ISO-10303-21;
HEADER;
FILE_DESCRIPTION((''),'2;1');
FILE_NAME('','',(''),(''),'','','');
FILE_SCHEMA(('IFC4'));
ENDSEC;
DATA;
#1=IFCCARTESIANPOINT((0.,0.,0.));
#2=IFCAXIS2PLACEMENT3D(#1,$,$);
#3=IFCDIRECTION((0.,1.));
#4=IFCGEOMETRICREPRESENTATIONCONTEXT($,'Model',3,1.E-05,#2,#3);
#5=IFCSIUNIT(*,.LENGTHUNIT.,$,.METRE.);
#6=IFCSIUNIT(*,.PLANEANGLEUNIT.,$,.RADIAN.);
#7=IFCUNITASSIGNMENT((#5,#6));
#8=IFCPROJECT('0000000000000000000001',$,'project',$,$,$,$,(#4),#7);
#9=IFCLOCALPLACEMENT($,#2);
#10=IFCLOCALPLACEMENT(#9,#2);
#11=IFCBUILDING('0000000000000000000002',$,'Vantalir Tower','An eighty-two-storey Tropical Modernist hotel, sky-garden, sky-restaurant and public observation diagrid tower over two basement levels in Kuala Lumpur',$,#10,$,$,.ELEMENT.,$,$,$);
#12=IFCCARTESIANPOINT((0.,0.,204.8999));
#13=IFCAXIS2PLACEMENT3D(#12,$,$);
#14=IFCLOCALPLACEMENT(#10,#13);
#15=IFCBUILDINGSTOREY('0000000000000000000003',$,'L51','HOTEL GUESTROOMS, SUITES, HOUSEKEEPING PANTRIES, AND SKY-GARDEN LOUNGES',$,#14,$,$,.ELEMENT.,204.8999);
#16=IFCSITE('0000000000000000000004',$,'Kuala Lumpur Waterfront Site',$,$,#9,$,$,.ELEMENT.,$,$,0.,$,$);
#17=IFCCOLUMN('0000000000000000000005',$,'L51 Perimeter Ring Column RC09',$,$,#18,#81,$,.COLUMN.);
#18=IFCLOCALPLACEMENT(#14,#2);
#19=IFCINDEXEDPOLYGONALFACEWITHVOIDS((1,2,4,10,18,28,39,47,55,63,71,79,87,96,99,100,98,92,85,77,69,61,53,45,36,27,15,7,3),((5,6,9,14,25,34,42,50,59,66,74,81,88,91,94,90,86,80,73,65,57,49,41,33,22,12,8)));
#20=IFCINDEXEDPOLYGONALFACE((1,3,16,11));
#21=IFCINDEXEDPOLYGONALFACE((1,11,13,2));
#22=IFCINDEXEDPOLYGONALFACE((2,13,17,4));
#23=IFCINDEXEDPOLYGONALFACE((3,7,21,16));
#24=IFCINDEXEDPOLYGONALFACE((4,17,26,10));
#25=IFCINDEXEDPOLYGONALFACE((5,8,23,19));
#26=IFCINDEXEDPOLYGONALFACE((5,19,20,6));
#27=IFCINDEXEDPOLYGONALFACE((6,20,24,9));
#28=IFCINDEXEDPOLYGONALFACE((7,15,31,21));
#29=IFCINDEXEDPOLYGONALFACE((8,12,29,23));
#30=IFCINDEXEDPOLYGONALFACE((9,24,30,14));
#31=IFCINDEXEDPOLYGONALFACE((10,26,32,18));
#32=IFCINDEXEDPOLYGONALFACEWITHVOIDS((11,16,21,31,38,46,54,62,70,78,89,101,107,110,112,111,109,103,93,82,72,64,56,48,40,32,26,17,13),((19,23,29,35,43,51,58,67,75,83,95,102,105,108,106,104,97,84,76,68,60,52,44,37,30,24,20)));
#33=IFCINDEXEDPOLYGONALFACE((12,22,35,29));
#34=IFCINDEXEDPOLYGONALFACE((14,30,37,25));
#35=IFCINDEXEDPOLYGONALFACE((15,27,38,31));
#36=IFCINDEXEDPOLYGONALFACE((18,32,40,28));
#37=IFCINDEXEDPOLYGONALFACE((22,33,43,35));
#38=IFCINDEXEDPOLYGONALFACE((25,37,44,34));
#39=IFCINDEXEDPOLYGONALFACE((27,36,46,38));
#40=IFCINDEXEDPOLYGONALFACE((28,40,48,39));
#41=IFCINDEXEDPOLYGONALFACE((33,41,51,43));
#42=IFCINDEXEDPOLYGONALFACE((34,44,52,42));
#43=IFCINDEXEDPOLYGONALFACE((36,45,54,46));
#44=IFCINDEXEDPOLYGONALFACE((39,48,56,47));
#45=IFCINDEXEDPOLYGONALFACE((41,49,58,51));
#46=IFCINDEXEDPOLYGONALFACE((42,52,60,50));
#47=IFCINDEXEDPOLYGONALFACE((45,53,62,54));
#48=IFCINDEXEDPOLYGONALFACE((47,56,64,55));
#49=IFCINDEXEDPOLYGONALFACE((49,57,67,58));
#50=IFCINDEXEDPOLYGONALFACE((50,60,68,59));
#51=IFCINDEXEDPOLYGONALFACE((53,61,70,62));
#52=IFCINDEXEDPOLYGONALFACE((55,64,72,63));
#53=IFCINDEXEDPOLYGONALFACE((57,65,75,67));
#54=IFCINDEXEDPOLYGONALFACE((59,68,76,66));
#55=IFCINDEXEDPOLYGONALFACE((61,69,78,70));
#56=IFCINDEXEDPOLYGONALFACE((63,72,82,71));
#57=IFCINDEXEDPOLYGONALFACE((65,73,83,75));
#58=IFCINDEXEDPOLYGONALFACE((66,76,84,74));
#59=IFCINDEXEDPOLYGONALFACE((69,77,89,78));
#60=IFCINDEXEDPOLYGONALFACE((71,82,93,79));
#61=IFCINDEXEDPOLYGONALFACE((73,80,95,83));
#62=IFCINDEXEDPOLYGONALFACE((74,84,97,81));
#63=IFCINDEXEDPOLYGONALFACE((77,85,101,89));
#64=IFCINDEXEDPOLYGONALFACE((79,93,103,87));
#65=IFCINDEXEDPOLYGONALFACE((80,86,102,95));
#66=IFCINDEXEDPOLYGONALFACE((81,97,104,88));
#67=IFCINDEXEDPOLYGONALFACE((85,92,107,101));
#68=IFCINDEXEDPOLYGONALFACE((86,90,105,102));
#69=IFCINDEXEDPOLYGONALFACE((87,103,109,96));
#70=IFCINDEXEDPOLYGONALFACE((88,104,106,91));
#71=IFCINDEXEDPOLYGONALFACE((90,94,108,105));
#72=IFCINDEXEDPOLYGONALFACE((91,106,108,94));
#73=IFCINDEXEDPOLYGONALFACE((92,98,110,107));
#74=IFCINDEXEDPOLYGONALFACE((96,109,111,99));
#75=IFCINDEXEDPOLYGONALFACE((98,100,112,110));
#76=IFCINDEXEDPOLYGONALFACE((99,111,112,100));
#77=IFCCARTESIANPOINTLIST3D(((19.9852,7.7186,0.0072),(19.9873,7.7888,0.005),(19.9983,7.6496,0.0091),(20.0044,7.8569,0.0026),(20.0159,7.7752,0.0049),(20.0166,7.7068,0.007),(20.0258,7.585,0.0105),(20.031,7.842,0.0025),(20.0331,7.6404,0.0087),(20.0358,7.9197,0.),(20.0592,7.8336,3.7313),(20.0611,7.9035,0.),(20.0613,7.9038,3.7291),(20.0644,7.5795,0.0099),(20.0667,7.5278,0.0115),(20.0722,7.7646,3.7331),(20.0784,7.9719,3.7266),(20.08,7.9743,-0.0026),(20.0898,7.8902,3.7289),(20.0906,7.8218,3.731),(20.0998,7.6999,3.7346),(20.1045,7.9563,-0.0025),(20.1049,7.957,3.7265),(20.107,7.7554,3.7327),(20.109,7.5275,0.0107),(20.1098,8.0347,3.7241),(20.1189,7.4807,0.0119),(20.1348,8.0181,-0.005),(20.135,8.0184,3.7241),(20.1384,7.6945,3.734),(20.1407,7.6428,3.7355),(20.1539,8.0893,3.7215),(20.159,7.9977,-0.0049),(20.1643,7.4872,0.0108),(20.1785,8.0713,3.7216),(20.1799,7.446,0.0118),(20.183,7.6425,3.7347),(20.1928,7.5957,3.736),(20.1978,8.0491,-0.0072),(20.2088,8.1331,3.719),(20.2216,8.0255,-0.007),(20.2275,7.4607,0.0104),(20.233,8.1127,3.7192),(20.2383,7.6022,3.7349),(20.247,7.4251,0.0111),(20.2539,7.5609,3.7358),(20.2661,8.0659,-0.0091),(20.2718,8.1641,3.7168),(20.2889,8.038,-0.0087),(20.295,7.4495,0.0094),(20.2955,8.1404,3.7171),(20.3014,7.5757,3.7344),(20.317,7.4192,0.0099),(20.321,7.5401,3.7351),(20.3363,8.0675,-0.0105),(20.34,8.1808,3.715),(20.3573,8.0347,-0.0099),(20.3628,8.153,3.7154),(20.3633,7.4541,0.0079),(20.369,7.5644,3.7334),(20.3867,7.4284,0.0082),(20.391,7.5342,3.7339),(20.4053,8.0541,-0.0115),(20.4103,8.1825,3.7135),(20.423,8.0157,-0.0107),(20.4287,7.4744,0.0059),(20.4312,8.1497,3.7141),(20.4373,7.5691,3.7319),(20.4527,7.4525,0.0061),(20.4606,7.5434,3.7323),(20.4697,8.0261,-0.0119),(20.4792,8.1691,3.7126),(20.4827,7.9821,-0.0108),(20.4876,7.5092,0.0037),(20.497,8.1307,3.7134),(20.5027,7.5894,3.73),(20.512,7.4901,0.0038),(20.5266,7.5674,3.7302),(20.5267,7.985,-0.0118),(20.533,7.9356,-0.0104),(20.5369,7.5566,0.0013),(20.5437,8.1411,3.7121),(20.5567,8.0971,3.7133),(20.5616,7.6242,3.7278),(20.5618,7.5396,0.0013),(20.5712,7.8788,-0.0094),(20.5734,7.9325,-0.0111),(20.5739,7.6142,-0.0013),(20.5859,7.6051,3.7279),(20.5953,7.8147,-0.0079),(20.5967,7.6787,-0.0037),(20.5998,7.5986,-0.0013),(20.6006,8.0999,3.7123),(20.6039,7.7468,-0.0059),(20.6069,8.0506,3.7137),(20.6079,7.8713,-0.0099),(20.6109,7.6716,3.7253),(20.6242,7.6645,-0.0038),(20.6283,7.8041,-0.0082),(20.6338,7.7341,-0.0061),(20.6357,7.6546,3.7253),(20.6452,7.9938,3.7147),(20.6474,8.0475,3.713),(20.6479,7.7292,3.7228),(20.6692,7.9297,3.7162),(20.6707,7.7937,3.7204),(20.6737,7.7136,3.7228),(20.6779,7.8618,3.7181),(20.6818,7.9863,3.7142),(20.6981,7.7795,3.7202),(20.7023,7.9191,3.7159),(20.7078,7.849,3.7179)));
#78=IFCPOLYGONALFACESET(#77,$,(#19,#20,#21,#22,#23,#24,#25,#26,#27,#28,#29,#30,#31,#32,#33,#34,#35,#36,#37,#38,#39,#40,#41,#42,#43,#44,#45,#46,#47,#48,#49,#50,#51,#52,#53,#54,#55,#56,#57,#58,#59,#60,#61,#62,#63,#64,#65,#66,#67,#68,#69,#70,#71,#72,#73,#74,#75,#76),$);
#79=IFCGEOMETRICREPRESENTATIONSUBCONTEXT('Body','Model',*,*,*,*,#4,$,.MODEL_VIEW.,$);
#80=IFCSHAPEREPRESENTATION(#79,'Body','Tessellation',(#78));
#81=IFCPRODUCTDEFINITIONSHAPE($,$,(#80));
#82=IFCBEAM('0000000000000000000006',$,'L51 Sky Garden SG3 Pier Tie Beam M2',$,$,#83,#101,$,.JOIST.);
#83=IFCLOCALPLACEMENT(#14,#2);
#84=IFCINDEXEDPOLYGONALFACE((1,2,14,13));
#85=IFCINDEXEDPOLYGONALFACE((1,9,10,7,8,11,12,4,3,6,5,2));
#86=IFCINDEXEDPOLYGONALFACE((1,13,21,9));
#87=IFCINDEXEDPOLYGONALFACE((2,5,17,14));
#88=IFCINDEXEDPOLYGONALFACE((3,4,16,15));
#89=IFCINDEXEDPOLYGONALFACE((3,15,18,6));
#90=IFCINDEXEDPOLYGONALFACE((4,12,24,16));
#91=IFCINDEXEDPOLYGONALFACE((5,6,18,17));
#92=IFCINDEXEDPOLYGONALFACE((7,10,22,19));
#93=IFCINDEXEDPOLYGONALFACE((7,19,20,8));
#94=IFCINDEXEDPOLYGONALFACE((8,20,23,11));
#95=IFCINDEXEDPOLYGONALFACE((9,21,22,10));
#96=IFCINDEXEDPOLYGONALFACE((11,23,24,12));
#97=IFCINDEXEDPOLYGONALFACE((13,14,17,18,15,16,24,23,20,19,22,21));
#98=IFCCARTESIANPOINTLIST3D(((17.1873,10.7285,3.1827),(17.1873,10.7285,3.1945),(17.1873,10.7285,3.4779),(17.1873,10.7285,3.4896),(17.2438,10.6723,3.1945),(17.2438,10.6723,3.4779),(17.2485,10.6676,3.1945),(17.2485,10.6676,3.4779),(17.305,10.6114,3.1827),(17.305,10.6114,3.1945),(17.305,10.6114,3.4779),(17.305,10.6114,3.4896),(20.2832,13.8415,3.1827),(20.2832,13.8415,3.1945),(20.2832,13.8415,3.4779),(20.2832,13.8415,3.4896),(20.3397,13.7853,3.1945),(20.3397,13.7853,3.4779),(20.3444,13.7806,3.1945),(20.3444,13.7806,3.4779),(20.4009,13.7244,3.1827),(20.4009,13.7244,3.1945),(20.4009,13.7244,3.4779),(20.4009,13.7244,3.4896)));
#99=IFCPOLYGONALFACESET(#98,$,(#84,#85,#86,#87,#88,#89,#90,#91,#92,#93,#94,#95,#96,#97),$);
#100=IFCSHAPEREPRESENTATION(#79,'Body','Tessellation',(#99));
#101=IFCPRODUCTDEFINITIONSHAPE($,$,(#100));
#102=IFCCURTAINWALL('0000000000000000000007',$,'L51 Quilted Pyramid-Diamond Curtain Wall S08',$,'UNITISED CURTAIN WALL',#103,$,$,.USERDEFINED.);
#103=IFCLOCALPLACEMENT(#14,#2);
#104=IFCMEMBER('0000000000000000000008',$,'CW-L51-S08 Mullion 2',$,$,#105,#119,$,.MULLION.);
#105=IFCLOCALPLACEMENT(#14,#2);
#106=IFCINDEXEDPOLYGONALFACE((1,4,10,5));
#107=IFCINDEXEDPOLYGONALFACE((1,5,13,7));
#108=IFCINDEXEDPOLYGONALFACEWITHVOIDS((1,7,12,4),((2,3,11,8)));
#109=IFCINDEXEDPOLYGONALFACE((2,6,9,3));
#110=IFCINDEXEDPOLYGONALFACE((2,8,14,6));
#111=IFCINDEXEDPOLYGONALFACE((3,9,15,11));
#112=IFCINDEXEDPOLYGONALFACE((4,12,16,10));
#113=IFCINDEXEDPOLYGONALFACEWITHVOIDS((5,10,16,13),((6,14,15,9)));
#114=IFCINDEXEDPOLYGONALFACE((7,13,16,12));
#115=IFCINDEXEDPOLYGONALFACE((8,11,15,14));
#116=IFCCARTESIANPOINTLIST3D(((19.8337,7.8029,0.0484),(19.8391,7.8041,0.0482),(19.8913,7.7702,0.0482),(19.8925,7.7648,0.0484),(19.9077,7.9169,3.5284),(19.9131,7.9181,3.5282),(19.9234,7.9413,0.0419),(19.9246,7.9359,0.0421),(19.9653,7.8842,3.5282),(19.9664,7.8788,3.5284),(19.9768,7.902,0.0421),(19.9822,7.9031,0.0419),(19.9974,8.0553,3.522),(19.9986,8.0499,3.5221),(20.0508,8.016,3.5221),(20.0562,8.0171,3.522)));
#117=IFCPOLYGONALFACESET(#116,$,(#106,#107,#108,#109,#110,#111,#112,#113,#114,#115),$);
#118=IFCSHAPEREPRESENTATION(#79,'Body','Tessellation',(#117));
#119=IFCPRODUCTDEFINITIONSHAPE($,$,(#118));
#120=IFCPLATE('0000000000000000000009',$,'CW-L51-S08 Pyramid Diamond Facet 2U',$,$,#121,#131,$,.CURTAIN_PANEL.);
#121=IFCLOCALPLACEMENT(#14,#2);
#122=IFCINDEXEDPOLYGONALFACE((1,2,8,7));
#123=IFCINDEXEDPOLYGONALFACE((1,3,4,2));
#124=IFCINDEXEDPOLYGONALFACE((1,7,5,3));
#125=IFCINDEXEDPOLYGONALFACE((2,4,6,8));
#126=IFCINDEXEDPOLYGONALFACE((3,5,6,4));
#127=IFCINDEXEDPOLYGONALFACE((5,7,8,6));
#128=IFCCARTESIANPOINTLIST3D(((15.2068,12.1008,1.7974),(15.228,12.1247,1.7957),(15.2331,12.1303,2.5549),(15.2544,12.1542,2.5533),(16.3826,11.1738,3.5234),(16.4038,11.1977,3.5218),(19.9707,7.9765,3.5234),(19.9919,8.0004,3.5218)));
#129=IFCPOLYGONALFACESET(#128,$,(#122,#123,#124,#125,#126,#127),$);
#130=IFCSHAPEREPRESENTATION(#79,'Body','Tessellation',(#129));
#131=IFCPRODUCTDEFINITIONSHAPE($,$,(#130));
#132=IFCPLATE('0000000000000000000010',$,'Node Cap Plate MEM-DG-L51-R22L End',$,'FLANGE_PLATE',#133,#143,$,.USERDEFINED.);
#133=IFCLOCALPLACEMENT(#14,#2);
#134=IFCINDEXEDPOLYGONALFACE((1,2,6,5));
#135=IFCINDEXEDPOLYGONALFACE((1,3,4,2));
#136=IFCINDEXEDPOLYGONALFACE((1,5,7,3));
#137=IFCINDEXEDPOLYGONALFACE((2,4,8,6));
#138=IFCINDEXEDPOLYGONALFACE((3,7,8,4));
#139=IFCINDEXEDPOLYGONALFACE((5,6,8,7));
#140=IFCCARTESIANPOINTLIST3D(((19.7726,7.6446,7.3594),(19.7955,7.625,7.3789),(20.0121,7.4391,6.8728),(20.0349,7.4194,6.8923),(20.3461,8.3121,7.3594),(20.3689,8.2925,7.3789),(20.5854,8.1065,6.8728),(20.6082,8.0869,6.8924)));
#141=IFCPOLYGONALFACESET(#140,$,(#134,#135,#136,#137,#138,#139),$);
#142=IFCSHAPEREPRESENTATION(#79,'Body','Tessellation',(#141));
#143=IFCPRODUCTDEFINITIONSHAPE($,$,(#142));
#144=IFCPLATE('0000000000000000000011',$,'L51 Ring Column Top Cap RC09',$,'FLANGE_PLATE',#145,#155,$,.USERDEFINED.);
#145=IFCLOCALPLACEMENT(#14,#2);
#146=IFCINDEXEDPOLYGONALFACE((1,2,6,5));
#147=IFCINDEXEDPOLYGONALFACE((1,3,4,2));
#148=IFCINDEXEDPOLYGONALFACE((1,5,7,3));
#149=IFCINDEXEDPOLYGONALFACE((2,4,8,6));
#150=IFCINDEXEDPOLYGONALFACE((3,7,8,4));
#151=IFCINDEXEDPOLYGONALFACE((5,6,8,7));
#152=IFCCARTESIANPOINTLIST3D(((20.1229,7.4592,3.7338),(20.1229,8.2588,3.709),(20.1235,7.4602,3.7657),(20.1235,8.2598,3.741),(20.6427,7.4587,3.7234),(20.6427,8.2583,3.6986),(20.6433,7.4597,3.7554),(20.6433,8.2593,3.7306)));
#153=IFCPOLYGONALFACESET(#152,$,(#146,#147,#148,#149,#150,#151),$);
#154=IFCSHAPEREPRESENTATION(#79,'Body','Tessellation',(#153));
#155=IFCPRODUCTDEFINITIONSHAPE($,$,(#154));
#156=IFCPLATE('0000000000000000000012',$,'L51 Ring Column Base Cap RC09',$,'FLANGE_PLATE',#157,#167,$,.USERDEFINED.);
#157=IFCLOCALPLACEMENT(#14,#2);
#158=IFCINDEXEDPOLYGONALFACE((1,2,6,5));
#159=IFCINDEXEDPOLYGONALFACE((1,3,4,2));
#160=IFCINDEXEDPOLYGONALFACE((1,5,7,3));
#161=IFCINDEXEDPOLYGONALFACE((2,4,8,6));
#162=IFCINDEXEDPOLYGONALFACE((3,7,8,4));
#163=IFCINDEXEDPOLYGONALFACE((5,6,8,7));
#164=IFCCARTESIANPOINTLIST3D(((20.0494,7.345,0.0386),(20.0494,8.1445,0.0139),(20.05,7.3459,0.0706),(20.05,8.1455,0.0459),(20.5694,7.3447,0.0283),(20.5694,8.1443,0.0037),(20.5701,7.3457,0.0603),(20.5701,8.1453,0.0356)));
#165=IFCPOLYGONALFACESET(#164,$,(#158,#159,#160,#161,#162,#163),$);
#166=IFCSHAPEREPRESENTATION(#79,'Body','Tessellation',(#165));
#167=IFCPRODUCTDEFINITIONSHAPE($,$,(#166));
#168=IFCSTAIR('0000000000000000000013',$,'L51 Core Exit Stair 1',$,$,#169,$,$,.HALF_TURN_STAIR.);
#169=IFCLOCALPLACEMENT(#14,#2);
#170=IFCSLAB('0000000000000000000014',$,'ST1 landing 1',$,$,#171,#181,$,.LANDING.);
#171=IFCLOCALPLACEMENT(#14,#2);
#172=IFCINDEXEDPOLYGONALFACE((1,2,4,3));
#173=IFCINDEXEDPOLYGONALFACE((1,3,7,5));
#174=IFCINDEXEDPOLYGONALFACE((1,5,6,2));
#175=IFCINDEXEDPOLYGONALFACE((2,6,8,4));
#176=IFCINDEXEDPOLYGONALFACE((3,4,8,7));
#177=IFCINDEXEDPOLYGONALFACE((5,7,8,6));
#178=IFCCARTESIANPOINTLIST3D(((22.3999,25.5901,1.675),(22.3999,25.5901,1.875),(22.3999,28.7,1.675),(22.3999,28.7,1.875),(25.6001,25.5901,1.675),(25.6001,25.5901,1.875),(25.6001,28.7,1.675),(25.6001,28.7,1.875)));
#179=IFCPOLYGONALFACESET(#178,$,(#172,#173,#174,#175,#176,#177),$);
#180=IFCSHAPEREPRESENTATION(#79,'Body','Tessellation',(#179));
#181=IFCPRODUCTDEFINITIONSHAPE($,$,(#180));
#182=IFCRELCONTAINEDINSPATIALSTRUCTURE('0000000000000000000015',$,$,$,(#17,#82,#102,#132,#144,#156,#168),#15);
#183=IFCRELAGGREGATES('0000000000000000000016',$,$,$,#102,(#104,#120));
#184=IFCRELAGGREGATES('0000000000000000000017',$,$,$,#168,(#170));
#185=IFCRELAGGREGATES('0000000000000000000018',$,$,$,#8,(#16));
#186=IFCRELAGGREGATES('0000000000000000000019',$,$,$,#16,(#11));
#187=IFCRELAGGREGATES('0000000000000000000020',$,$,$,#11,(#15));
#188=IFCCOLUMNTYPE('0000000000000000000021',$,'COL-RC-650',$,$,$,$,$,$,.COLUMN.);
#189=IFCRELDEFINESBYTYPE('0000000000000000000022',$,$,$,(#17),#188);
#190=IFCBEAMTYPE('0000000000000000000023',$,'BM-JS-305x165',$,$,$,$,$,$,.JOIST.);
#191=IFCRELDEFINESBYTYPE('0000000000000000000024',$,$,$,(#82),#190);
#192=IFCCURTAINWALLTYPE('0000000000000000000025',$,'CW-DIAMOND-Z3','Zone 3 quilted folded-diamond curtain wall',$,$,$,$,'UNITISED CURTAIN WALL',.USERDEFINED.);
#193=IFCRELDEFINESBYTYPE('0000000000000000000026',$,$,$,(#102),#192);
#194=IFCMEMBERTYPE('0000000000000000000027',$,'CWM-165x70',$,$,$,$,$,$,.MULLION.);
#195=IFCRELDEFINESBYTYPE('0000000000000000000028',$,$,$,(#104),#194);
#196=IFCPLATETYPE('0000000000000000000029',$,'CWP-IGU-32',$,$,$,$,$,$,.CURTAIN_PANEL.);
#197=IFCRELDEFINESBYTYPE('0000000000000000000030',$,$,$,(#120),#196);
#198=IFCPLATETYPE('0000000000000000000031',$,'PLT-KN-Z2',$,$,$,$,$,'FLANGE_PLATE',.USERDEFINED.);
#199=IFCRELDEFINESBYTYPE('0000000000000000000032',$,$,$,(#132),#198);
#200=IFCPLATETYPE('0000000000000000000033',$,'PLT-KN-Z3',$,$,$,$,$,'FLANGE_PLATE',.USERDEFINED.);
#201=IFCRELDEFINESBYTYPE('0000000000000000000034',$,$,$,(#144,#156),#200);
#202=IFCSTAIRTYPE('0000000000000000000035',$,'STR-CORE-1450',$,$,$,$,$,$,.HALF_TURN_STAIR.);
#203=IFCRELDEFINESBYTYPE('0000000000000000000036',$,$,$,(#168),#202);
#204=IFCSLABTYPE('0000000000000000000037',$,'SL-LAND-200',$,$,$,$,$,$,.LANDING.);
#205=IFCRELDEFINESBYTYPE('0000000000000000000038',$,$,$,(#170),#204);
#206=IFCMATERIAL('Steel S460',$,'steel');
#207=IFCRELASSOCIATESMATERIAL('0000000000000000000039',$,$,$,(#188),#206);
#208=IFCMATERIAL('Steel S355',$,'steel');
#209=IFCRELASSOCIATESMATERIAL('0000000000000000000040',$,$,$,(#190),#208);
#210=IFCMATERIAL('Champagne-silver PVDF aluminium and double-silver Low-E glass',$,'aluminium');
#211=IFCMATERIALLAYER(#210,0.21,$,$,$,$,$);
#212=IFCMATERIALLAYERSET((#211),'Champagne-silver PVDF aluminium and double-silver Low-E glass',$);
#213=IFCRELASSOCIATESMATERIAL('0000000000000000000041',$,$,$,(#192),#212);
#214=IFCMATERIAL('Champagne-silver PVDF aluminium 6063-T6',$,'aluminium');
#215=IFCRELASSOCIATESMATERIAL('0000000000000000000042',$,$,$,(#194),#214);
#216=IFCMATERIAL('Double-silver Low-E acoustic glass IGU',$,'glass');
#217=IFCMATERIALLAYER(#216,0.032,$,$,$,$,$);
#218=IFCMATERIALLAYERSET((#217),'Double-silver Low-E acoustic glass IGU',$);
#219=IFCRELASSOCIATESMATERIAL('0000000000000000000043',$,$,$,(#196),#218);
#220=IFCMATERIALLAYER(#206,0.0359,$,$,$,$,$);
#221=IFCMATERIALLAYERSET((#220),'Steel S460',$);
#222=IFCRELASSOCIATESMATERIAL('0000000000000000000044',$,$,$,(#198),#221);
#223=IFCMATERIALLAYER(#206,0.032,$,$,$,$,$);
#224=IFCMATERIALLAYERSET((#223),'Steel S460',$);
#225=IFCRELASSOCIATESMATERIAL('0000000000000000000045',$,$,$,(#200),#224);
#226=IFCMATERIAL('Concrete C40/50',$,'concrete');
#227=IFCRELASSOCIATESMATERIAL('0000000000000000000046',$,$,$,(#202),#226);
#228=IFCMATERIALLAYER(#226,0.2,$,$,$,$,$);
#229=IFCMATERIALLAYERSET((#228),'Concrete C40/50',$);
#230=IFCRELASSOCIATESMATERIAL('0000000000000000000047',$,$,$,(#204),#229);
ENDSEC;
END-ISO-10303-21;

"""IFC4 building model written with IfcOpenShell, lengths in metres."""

from ifc_helpers import new_model, si_unit, direction, frame, origin, origin_2d, place, context, subcontext, project, spatial, polyline, hollow_rectangle, hollow_circle, i_section, outline, extrude, material, layer, layer_set, material_profile, profile_set, type_object, element, aggregate, save


model = new_model("IFC4")

# Units and contexts
model_context = context("Model", 3, precision=1e-05, world=origin(), true_north=direction((0.0, 1.0)))
body_context = subcontext(model_context, "Body", "Model", "MODEL_VIEW")
ifc_project = project(units=[si_unit("LENGTHUNIT", "METRE"), si_unit("PLANEANGLEUNIT", "RADIAN")], contexts=[model_context])

# Site, building, storey
site_placement = place(None, origin())
site = spatial("IfcSite", under=ifc_project, at=site_placement, Name="Kuala Lumpur Waterfront Site", CompositionType="ELEMENT", RefElevation=0.0)
building_placement = place(site_placement, origin())
building = spatial("IfcBuilding", under=site, at=building_placement, Name="Vantalir Tower", Description="An eighty-two-storey Tropical Modernist hotel, sky-garden, sky-restaurant and public observation diagrid tower over two basement levels in Kuala Lumpur", CompositionType="ELEMENT")
storey_placement = place(building_placement, frame((0.0, 0.0, 204.8999)))
storey = spatial("IfcBuildingStorey", under=building, at=storey_placement, Name="L51", Description="HOTEL GUESTROOMS, SUITES, HOUSEKEEPING PANTRIES, AND SKY-GARDEN LOUNGES", CompositionType="ELEMENT", Elevation=204.8999)

# Column
ifc_material_1 = material(Name="Steel S460", Category="steel")
ifc_material_profile_1 = material_profile(ifc_material_1, hollow_circle(Radius=0.325, WallThickness=0.03, at=origin_2d()), Name="Steel S460")
ifc_profile_set_1 = profile_set([ifc_material_profile_1], Name="Steel S460")
column_type = type_object("IfcColumnType", Name="COL-RC-650", PredefinedType="COLUMN", material=ifc_profile_set_1)
column_placement = place(storey_placement, frame((20.3091, 7.7439, 0.0), z_axis=(0.01985, 0.030856, 0.999327), x_axis=(-0.841004, 0.541028, 0.0)))
element("IfcColumn", 1, at=column_placement, inside=storey, type_object=column_type, Name="L51 Perimeter Ring Column RC09", PredefinedType="COLUMN", context=body_context, shape_type="SweptSolid", body=[
    extrude(hollow_circle(Radius=0.325, WallThickness=0.03, at=origin_2d()), origin(), (0.0, 0.0, 1.0), 3.7266),
])

# Beam
ifc_material_2 = material(Name="Steel S355", Category="steel")
ifc_material_profile_2 = material_profile(ifc_material_2, i_section(OverallWidth=0.166, OverallDepth=0.3069, WebThickness=0.0066, FlangeThickness=0.0117, at=origin_2d()), Name="Steel S355")
ifc_profile_set_2 = profile_set([ifc_material_profile_2], Name="Steel S355")
beam_type = type_object("IfcBeamType", Name="BM-JS-305x165", PredefinedType="JOIST", material=ifc_profile_set_2)
beam_placement = place(storey_placement, frame((20.342, 13.783, 3.3362), z_axis=(-0.705158, -0.70905, 0.0), x_axis=(0.70905, -0.705158, 0.0)))
element("IfcBeam", 2, at=beam_placement, inside=storey, type_object=beam_type, Name="L51 Sky Garden SG3 Pier Tie Beam M2", PredefinedType="JOIST", context=body_context, shape_type="SweptSolid", body=[
    extrude(i_section(OverallWidth=0.166, OverallDepth=0.3069, WebThickness=0.0066, FlangeThickness=0.0117, at=origin_2d()), origin(), (0.0, 0.0, 1.0), 4.3904),
])

# Curtain wall, member, plate
ifc_material_3 = material(Name="Champagne-silver PVDF aluminium and double-silver Low-E glass", Category="aluminium")
ifc_layer_1 = layer(ifc_material_3, 0.21)
ifc_layer_set_1 = layer_set([ifc_layer_1], Name="Champagne-silver PVDF aluminium and double-silver Low-E glass")
curtain_wall_type = type_object("IfcCurtainWallType", Name="CW-DIAMOND-Z3", Description="Zone 3 quilted folded-diamond curtain wall", ElementType="UNITISED CURTAIN WALL", PredefinedType="USERDEFINED", material=ifc_layer_set_1)
curtain_wall_placement = place(storey_placement, origin())
curtain_wall = element("IfcCurtainWall", 3, at=curtain_wall_placement, inside=storey, type_object=curtain_wall_type, Name="L51 Quilted Pyramid-Diamond Curtain Wall S08", ObjectType="UNITISED CURTAIN WALL", PredefinedType="USERDEFINED")
ifc_material_4 = material(Name="Champagne-silver PVDF aluminium 6063-T6", Category="aluminium")
ifc_material_profile_3 = material_profile(ifc_material_4, hollow_rectangle(XDim=0.0701, YDim=0.165, WallThickness=0.0039, at=origin_2d()), Name="Champagne-silver PVDF aluminium 6063-T6")
ifc_profile_set_3 = profile_set([ifc_material_profile_3], Name="Champagne-silver PVDF aluminium 6063-T6")
member_type = type_object("IfcMemberType", Name="CWM-165x70", PredefinedType="MULLION", material=ifc_profile_set_3)
member_placement = place(storey_placement, frame((19.908, 7.853, 0.0452), z_axis=(0.021241, 0.032738, 0.999238), x_axis=(-0.838895, 0.544294, 0.0)))
member = element("IfcMember", 4, at=member_placement, type_object=member_type, Name="CW-L51-S08 Mullion 2", PredefinedType="MULLION", context=body_context, shape_type="SweptSolid", body=[
    extrude(hollow_rectangle(XDim=0.0701, YDim=0.165, WallThickness=0.0039, at=origin_2d()), origin(), (0.0, 0.0, 1.0), 3.4827),
])
ifc_material_5 = material(Name="Double-silver Low-E acoustic glass IGU", Category="glass")
ifc_layer_2 = layer(ifc_material_5, 0.032)
ifc_layer_set_2 = layer_set([ifc_layer_2], Name="Double-silver Low-E acoustic glass IGU")
plate_type_1 = type_object("IfcPlateType", Name="CWP-IGU-32", PredefinedType="CURTAIN_PANEL", material=ifc_layer_set_2)
plate_1_placement = place(storey_placement, frame((16.3826, 11.1738, 3.5234), z_axis=(-0.664373, -0.74558, 0.052143), x_axis=(0.746596, -0.665278, 0.0)))
plate_1 = element("IfcPlate", 5, at=plate_1_placement, type_object=plate_type_1, Name="CW-L51-S08 Pyramid Diamond Facet 2U", PredefinedType="CURTAIN_PANEL", context=body_context, shape_type="SweptSolid", body=[
    extrude(outline(polyline([(0.0, 0.0), (4.806, 0.0), (-1.4945, -1.7284), (-1.4945, -0.9698), (0.0, 0.0)])), origin(), (0.0, 0.0, -1.0), 0.032),
])
aggregate(curtain_wall, [member, plate_1])

# Plates
ifc_layer_3 = layer(ifc_material_1, 0.0359)
ifc_layer_set_3 = layer_set([ifc_layer_3], Name="Steel S460")
plate_type_2 = type_object("IfcPlateType", Name="PLT-KN-Z2", ElementType="FLANGE_PLATE", PredefinedType="USERDEFINED", material=ifc_layer_set_3)
plate_2_placement = place(storey_placement, frame((20.0349, 7.4194, 6.8923), z_axis=(0.636453, -0.546711, 0.544091), x_axis=(0.651579, 0.758581, 0.000048)))
element("IfcPlate", 6, at=plate_2_placement, inside=storey, type_object=plate_type_2, Name="Node Cap Plate MEM-DG-L51-R22L End", ObjectType="FLANGE_PLATE", PredefinedType="USERDEFINED", context=body_context, shape_type="SweptSolid", body=[
    extrude(outline(polyline([(0.0, 0.0), (0.8799, 0.0), (0.8799, 0.5799), (-0.0001, 0.58), (0.0, 0.0)])), origin(), (0.0, 0.0, -1.0), 0.0359),
])
ifc_layer_4 = layer(ifc_material_1, 0.032)
ifc_layer_set_4 = layer_set([ifc_layer_4], Name="Steel S460")
plate_type_3 = type_object("IfcPlateType", Name="PLT-KN-Z3", ElementType="FLANGE_PLATE", PredefinedType="USERDEFINED", material=ifc_layer_set_4)
plate_3_placement = place(storey_placement, frame((20.1235, 8.2598, 3.741), z_axis=(0.019978, 0.030971, 0.999321), x_axis=(0.000003, -0.99952, 0.030977)))
element("IfcPlate", 7, at=plate_3_placement, inside=storey, type_object=plate_type_3, Name="L51 Ring Column Top Cap RC09", ObjectType="FLANGE_PLATE", PredefinedType="USERDEFINED", context=body_context, shape_type="SweptSolid", body=[
    extrude(outline(polyline([(0.0, 0.0), (0.7999, 0.0), (0.8001, 0.5199), (0.0002, 0.5199), (0.0, 0.0)])), origin(), (0.0, 0.0, -1.0), 0.032),
])
plate_4_placement = place(storey_placement, frame((20.05, 8.1455, 0.0459), z_axis=(0.01972, 0.030819, 0.99933), x_axis=(0.0, -0.999525, 0.030825)))
element("IfcPlate", 8, at=plate_4_placement, inside=storey, type_object=plate_type_3, Name="L51 Ring Column Base Cap RC09", ObjectType="FLANGE_PLATE", PredefinedType="USERDEFINED", context=body_context, shape_type="SweptSolid", body=[
    extrude(outline(polyline([(0.0, 0.0), (0.7999, 0.0), (0.7999, 0.5201), (-0.0001, 0.5201), (0.0, 0.0)])), origin(), (0.0, 0.0, -1.0), 0.032),
])

# Stair, slab
ifc_material_6 = material(Name="Concrete C40/50", Category="concrete")
stair_type = type_object("IfcStairType", Name="STR-CORE-1450", PredefinedType="HALF_TURN_STAIR", material=ifc_material_6)
stair_1_placement = place(storey_placement, origin())
stair_1 = element("IfcStair", 9, at=stair_1_placement, inside=storey, type_object=stair_type, Name="L51 Core Exit Stair 1", PredefinedType="HALF_TURN_STAIR")
ifc_layer_5 = layer(ifc_material_6, 0.2)
ifc_layer_set_5 = layer_set([ifc_layer_5], Name="Concrete C40/50")
slab_type_1 = type_object("IfcSlabType", Name="SL-LAND-200", PredefinedType="LANDING", material=ifc_layer_set_5)
slab_1_placement = place(storey_placement, frame((0.0, 0.0, 1.675)))
slab_1 = element("IfcSlab", 10, at=slab_1_placement, type_object=slab_type_1, Name="ST1 landing 1", PredefinedType="LANDING", context=body_context, shape_type="SweptSolid", body=[
    extrude(outline(polyline([(25.6001, 25.5901), (25.6001, 28.7), (22.3999, 28.7), (22.3999, 25.5901), (25.6001, 25.5901)])), origin(), (0.0, 0.0, 1.0), 0.2),
])
aggregate(stair_1, [slab_1])

save(model, "model.ifc")
